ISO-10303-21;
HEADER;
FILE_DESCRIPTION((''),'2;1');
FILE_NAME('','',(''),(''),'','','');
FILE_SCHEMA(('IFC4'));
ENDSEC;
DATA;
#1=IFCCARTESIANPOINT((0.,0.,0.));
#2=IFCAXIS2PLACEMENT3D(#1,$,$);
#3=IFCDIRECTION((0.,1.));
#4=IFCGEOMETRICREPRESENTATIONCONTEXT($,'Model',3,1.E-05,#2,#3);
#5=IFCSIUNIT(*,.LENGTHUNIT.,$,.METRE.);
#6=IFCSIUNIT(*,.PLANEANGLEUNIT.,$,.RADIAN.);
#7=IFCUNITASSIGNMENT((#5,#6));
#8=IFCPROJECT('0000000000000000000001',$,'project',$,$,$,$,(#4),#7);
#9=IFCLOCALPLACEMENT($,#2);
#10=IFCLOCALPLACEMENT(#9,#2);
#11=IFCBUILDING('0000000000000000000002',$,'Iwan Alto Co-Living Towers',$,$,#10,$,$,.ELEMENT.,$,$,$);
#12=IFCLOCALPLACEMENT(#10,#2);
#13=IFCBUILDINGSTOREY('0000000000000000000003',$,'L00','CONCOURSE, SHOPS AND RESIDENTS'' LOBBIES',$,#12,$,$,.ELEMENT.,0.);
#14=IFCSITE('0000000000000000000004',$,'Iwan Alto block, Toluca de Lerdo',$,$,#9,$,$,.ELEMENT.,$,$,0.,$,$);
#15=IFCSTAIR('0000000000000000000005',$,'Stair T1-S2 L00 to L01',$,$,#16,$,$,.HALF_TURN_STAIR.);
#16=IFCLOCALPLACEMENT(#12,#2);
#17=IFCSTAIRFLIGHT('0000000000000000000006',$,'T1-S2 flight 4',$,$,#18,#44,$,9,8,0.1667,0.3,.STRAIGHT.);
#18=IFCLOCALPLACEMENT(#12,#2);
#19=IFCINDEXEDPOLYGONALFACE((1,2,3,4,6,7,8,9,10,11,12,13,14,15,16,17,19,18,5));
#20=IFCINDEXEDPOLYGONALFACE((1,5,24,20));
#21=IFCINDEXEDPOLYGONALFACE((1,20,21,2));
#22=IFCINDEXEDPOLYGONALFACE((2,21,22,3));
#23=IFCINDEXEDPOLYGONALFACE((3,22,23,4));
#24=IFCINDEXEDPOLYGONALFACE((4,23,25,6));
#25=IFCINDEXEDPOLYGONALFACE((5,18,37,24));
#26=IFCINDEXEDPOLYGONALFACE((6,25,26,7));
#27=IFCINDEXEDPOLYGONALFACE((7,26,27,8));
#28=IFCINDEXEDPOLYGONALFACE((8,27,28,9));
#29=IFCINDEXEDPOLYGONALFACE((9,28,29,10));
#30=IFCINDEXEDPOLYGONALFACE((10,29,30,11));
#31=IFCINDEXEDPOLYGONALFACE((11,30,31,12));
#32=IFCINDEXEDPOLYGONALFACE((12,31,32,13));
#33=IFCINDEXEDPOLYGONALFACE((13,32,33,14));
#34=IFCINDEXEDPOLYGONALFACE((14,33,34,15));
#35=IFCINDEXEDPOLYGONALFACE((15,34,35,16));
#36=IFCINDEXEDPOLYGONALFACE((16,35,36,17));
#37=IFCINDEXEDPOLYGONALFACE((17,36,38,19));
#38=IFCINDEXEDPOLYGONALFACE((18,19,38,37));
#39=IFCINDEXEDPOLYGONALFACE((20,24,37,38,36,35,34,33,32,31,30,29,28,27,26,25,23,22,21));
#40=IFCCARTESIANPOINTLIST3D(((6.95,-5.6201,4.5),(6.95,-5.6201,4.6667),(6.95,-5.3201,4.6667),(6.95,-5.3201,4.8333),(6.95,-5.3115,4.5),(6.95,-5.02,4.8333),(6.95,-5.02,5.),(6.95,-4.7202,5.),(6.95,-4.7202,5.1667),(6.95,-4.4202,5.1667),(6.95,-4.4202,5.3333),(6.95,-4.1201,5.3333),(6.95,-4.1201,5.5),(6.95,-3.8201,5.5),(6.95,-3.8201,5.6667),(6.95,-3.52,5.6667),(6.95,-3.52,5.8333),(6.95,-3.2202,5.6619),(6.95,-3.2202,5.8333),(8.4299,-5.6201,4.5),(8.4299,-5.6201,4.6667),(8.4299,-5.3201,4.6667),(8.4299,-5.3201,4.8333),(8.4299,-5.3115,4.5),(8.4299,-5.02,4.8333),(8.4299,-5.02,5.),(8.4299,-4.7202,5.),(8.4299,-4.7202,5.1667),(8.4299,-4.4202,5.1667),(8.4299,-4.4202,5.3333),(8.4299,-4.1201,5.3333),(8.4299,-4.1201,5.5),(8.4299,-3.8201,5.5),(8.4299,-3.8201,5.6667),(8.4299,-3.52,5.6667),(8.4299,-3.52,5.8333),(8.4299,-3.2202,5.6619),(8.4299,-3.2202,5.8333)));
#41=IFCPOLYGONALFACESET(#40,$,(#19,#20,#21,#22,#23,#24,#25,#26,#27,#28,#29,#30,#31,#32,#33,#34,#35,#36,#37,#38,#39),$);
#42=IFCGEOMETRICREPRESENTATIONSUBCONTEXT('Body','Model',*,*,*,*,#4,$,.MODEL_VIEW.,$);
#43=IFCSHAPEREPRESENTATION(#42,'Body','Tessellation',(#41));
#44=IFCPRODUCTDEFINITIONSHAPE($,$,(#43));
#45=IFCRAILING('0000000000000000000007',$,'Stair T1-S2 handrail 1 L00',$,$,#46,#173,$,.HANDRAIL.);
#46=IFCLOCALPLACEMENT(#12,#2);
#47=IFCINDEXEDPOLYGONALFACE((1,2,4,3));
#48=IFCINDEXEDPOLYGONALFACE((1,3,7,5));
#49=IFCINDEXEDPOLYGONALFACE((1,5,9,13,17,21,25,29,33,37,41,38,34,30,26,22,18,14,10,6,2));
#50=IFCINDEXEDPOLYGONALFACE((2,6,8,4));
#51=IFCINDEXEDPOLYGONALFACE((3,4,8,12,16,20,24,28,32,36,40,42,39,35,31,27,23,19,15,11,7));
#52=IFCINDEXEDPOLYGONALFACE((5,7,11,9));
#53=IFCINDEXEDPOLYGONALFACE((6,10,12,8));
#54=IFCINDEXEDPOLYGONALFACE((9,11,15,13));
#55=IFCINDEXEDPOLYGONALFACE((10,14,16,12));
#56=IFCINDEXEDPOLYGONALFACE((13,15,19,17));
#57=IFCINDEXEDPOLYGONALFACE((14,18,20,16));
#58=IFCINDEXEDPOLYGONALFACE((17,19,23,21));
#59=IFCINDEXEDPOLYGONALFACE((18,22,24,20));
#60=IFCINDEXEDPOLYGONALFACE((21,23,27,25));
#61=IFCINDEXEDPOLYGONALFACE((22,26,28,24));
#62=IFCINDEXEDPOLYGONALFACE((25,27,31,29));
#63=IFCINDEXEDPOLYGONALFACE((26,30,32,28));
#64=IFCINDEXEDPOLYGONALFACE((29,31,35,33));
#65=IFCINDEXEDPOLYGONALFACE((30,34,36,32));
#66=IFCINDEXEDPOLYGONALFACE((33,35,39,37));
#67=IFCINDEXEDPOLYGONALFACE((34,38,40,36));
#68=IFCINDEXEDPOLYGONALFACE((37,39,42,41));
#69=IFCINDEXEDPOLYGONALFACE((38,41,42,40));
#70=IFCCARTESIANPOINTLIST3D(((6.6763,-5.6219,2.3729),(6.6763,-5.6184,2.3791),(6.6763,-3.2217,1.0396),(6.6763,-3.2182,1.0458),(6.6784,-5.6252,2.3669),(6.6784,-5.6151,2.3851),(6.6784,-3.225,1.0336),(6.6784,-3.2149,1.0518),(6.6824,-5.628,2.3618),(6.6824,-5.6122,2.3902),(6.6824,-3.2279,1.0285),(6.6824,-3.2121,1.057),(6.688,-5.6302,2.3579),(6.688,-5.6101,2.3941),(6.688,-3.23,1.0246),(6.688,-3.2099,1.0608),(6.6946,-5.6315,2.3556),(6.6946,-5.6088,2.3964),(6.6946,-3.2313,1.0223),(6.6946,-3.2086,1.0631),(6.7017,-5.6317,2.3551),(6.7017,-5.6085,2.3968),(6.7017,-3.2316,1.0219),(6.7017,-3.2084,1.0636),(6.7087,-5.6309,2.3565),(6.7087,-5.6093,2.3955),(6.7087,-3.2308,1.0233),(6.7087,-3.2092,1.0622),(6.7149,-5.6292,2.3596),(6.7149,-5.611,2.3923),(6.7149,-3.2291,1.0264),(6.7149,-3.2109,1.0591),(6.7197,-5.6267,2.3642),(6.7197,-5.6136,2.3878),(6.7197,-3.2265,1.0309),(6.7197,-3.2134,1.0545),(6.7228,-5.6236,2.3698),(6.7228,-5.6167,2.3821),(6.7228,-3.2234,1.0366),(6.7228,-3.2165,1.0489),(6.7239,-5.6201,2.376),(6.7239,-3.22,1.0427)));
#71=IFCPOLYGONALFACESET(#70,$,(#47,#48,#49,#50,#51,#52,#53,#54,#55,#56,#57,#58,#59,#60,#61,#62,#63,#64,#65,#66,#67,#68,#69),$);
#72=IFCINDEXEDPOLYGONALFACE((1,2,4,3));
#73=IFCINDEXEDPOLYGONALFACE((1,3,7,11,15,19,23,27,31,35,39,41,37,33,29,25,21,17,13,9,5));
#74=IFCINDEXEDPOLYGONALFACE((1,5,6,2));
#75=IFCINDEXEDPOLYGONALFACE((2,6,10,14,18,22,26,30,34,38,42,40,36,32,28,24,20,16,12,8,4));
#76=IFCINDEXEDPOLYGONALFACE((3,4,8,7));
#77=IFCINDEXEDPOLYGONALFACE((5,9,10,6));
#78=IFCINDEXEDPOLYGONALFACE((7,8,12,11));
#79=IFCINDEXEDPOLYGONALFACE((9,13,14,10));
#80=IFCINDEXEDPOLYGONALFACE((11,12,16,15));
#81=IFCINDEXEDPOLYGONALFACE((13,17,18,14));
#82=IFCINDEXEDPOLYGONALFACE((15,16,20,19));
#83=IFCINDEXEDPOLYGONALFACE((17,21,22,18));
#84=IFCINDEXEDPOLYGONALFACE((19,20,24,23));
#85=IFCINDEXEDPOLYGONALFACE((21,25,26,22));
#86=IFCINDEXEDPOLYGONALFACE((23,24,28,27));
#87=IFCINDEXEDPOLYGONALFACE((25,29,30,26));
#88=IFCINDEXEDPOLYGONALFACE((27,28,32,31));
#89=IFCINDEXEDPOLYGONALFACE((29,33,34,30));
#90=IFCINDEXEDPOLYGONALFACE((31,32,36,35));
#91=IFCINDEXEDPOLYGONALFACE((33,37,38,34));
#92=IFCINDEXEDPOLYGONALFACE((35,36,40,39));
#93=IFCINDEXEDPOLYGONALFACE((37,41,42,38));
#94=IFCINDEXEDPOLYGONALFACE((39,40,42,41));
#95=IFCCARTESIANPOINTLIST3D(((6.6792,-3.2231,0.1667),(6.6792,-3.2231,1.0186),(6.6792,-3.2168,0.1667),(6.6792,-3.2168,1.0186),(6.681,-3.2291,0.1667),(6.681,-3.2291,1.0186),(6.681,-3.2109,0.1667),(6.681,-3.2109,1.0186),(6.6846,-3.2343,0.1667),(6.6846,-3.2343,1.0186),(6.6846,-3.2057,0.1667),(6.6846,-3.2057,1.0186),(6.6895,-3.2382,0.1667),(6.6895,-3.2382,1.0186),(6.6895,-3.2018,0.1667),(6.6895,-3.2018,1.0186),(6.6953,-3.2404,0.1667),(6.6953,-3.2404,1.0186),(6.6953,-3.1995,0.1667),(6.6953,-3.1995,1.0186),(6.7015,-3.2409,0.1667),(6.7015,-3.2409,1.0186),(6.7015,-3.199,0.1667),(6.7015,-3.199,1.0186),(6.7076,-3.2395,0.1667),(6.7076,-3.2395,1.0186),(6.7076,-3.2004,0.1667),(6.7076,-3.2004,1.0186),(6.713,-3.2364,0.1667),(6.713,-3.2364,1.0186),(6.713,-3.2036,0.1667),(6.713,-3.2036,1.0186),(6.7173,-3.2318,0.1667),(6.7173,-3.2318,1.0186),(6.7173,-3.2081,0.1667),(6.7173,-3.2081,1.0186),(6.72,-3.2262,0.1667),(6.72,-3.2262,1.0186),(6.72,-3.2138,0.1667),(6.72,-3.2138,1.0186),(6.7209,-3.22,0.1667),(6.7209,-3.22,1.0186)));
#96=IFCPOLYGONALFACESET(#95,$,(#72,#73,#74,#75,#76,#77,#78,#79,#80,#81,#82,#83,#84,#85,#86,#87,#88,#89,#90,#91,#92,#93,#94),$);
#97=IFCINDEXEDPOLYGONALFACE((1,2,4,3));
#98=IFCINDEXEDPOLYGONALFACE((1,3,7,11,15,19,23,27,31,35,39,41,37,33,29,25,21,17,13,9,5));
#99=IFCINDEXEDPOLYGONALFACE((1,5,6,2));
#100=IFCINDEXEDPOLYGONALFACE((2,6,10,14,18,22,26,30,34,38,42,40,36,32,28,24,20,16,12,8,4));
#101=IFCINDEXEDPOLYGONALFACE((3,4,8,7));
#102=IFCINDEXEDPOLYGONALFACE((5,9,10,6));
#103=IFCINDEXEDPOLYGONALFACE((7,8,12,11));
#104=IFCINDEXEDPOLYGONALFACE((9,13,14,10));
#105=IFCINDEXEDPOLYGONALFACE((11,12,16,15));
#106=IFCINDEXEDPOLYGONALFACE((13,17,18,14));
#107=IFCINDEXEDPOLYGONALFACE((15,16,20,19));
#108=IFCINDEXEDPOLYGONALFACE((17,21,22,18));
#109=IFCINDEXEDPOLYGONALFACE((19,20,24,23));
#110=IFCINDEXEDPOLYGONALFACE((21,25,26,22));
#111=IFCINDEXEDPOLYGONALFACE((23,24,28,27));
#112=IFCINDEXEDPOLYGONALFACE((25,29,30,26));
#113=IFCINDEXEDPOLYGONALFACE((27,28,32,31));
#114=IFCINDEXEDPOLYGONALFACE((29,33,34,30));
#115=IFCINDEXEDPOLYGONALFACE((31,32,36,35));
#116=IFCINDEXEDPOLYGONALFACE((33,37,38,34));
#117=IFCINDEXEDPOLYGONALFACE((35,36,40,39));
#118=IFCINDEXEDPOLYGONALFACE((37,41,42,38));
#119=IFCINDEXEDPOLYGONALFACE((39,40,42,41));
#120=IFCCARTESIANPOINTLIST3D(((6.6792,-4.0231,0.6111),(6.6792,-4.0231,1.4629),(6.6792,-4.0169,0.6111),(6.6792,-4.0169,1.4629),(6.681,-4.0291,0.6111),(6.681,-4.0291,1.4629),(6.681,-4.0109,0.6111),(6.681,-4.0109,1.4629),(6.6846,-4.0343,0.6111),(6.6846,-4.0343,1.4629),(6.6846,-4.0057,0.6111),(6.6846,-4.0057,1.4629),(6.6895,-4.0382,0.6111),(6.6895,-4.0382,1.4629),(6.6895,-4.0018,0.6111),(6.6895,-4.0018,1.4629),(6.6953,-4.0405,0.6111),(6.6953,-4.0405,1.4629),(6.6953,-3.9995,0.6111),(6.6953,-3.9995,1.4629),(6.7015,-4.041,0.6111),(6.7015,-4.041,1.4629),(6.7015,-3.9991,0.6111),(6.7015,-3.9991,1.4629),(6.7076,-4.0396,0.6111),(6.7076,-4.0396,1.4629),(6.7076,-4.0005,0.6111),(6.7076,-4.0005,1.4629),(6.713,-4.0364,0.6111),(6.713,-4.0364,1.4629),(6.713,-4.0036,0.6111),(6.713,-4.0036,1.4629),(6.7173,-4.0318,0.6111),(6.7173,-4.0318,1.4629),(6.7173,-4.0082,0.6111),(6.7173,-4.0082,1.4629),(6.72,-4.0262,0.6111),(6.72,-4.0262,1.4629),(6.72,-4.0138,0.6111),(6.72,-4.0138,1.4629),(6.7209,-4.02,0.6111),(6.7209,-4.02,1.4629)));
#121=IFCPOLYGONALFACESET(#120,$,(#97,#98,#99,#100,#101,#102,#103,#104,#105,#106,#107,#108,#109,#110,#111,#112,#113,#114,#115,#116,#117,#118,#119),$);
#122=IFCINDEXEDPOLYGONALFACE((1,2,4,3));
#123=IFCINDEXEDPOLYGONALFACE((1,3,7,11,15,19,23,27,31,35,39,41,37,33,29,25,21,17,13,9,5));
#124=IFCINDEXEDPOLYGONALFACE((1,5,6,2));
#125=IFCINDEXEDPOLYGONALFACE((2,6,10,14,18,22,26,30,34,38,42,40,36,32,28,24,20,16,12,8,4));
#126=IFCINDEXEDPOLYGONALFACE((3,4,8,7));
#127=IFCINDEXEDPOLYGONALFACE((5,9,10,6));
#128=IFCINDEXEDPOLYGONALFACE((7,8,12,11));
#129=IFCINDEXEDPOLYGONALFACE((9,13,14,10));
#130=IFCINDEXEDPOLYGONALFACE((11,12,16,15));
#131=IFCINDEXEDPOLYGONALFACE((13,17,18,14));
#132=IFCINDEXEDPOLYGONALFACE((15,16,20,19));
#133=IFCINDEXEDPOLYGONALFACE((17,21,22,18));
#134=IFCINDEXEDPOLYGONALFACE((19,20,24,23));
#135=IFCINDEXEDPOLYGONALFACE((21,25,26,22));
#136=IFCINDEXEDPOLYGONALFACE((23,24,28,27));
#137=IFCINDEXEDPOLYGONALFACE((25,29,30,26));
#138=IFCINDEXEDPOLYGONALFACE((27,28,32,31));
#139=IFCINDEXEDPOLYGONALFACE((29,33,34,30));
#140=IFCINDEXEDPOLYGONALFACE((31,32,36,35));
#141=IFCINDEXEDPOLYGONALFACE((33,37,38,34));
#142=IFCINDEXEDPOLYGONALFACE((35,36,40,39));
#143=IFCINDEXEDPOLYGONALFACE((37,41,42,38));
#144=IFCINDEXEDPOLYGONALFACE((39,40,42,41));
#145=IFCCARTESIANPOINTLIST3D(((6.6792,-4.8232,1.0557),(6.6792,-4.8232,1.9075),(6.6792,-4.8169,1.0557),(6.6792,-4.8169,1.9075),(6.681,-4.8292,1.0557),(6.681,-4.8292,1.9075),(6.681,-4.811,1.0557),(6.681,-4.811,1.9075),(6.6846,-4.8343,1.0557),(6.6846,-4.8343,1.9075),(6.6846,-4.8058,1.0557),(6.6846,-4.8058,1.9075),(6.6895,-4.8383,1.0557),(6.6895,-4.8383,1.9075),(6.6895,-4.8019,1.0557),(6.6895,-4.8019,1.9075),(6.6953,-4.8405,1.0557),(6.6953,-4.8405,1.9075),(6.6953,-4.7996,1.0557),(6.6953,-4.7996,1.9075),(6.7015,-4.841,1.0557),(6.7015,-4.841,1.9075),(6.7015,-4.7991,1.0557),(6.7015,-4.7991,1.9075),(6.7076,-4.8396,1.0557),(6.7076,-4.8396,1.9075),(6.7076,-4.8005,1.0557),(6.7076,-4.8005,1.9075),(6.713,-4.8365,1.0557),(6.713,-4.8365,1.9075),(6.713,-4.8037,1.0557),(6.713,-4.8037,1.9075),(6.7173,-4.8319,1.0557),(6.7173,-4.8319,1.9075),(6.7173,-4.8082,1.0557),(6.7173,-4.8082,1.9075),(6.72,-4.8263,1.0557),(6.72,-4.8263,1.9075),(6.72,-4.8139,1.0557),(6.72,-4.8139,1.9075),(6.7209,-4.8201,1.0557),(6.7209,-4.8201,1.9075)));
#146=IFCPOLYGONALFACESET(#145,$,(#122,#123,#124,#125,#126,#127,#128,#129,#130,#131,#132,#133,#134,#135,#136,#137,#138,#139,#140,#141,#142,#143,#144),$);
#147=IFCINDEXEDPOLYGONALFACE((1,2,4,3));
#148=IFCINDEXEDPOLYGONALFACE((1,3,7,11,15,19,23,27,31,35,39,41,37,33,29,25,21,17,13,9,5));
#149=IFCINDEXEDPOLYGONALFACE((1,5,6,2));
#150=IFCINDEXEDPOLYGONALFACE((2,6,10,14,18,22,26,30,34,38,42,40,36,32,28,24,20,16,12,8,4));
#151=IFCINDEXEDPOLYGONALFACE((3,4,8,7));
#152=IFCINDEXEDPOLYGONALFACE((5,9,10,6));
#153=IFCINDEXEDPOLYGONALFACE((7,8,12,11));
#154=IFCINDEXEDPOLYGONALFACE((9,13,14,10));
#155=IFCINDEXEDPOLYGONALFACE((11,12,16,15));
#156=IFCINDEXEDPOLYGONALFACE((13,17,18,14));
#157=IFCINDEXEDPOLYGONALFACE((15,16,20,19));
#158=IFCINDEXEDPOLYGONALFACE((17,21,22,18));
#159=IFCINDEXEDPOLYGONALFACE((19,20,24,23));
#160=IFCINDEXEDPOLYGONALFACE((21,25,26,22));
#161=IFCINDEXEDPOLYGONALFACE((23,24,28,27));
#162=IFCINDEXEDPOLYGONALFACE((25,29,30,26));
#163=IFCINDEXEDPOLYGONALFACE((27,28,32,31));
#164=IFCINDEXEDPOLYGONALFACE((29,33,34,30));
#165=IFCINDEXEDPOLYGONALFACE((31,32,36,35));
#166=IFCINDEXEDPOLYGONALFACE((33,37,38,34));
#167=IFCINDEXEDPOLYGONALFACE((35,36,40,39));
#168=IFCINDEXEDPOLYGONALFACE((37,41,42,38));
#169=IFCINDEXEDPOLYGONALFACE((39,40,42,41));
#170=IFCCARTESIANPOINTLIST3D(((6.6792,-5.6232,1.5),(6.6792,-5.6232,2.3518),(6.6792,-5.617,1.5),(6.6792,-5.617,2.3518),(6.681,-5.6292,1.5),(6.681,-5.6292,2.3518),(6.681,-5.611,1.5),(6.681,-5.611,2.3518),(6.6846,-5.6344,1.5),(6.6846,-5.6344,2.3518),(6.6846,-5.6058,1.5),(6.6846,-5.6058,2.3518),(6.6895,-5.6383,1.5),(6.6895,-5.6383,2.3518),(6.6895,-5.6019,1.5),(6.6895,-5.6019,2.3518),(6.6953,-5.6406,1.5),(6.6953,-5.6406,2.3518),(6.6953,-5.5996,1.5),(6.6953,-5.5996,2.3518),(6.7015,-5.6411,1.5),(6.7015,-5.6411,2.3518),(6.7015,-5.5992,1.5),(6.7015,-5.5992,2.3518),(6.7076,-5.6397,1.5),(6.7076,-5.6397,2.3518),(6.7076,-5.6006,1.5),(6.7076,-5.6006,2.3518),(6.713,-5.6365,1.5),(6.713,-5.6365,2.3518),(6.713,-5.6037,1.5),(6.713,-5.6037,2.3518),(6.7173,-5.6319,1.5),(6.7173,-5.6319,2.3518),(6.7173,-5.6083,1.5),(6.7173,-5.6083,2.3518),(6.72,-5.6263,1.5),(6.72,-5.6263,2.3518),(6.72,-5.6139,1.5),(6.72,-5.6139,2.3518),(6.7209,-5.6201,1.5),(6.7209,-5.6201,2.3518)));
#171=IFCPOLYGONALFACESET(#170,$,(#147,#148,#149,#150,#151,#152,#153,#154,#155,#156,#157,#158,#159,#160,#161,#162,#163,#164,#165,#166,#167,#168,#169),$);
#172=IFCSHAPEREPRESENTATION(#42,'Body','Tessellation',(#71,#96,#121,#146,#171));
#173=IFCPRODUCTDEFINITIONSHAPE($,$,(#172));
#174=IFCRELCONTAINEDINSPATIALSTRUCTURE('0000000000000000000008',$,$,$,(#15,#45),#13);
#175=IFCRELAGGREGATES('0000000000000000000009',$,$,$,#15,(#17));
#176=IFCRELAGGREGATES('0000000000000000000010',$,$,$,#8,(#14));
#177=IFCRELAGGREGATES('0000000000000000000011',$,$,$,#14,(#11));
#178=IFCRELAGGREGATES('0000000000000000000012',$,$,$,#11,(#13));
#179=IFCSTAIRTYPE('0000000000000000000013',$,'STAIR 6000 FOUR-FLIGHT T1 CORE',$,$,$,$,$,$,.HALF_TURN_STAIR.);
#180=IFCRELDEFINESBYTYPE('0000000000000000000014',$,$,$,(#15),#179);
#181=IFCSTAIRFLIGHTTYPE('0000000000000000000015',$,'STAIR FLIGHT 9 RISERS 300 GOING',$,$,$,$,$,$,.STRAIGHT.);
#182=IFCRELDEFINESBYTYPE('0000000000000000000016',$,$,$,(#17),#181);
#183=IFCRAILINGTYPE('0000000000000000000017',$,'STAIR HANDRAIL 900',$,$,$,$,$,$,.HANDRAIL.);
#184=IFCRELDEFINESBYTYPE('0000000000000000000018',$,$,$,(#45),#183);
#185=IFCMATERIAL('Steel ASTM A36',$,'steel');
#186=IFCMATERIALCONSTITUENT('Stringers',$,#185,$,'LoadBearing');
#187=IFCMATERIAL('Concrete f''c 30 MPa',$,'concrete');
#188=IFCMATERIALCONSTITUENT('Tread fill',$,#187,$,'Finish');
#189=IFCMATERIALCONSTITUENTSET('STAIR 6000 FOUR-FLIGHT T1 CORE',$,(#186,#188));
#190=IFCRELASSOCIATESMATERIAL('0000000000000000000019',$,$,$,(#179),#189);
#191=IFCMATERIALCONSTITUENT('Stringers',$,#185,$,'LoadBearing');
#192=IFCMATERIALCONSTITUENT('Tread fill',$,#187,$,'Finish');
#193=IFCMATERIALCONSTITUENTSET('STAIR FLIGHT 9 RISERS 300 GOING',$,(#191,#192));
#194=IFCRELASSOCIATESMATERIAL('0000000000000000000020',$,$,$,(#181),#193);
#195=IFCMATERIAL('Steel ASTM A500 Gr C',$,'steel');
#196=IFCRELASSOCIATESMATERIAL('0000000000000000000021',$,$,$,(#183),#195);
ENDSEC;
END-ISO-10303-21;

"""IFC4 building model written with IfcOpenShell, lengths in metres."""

from ifc_helpers import new_model, si_unit, direction, frame, origin, origin_2d, place, context, subcontext, project, spatial, polyline, circle, outline, extrude, material, constituent, constituent_set, type_object, element, aggregate, save


model = new_model("IFC4")

# Units and contexts
model_context = context("Model", 3, precision=1e-05, world=origin(), true_north=direction((0.0, 1.0)))
body_context = subcontext(model_context, "Body", "Model", "MODEL_VIEW")
ifc_project = project(units=[si_unit("LENGTHUNIT", "METRE"), si_unit("PLANEANGLEUNIT", "RADIAN")], contexts=[model_context])

# Site, building, storey
site_placement = place(None, origin())
site = spatial("IfcSite", under=ifc_project, at=site_placement, Name="Iwan Alto block, Toluca de Lerdo", CompositionType="ELEMENT", RefElevation=0.0)
building_placement = place(site_placement, origin())
building = spatial("IfcBuilding", under=site, at=building_placement, Name="Iwan Alto Co-Living Towers", CompositionType="ELEMENT")
storey_placement = place(building_placement, origin())
storey = spatial("IfcBuildingStorey", under=building, at=storey_placement, Name="L00", Description="CONCOURSE, SHOPS AND RESIDENTS' LOBBIES", CompositionType="ELEMENT", Elevation=0.0)

# Stair, stair flight
ifc_material_1 = material(Name="Steel ASTM A36", Category="steel")
ifc_constituent_1 = constituent(ifc_material_1, Name="Stringers", Category="LoadBearing")
ifc_material_2 = material(Name="Concrete f'c 30 MPa", Category="concrete")
ifc_constituent_2 = constituent(ifc_material_2, Name="Tread fill", Category="Finish")
ifc_constituent_set_1 = constituent_set(constituents=[ifc_constituent_1, ifc_constituent_2], Name="STAIR 6000 FOUR-FLIGHT T1 CORE")
stair_type = type_object("IfcStairType", Name="STAIR 6000 FOUR-FLIGHT T1 CORE", PredefinedType="HALF_TURN_STAIR", material=ifc_constituent_set_1)
stair_placement = place(storey_placement, origin())
stair = element("IfcStair", 1, at=stair_placement, inside=storey, type_object=stair_type, Name="Stair T1-S2 L00 to L01", PredefinedType="HALF_TURN_STAIR")
ifc_constituent_3 = constituent(ifc_material_1, Name="Stringers", Category="LoadBearing")
ifc_constituent_4 = constituent(ifc_material_2, Name="Tread fill", Category="Finish")
ifc_constituent_set_2 = constituent_set(constituents=[ifc_constituent_3, ifc_constituent_4], Name="STAIR FLIGHT 9 RISERS 300 GOING")
stair_flight_type = type_object("IfcStairFlightType", Name="STAIR FLIGHT 9 RISERS 300 GOING", PredefinedType="STRAIGHT", material=ifc_constituent_set_2)
stair_flight_1_placement = place(storey_placement, frame((7.6899, -5.6201, 4.5), z_axis=(0.0, 0.0, 1.0), x_axis=(0.0, 1.0, 0.0)))
stair_flight_1 = element("IfcStairFlight", 2, at=stair_flight_1_placement, type_object=stair_flight_type, Name="T1-S2 flight 4", NumberOfRisers=9, NumberOfTreads=8, PredefinedType="STRAIGHT", RiserHeight=0.1667, TreadLength=0.3, context=body_context, shape_type="SweptSolid", body=[
    extrude(outline(polyline([(0.0, 0.0), (0.0, 0.1667), (0.3, 0.1667), (0.3, 0.3333), (0.6001, 0.3333), (0.6001, 0.5), (0.8999, 0.5), (0.8999, 0.6667), (1.2, 0.6667), (1.2, 0.8333), (1.5, 0.8333), (1.5, 1.0), (1.8, 1.0), (1.8, 1.1667), (2.1001, 1.1667), (2.1001, 1.3333), (2.3999, 1.3333), (2.3999, 1.5), (2.3999, 1.1619), (0.3086, 0.0), (0.0, 0.0)])), frame((0.0, 0.74, 0.0), z_axis=(0.0, -1.0, 0.0), x_axis=(1.0, 0.0, 0.0)), (0.0, 0.0, 1.0), 1.48),
])
aggregate(stair, [stair_flight_1])

# Railing
ifc_material_3 = material(Name="Steel ASTM A500 Gr C", Category="steel")
railing_type_1 = type_object("IfcRailingType", Name="STAIR HANDRAIL 900", PredefinedType="HANDRAIL", material=ifc_material_3)
railing_1_placement = place(storey_placement, frame((6.7, -3.22, 0.1667)))
element("IfcRailing", 3, at=railing_1_placement, inside=storey, type_object=railing_type_1, Name="Stair T1-S2 handrail 1 L00", PredefinedType="HANDRAIL", context=body_context, shape_type="SweptSolid", body=[
    extrude(circle(Radius=0.0239, at=origin_2d()), frame((0.0, 0.0, 0.876), z_axis=(0.0, -0.874182, 0.485598), x_axis=(1.0, 0.0, 0.0)), (0.0, 0.0, 1.0), 2.7456),
    extrude(circle(Radius=0.021, at=origin_2d()), origin(), (0.0, 0.0, 1.0), 0.8518),
    extrude(circle(Radius=0.021, at=origin_2d()), frame((0.0, -0.8, 0.4443)), (0.0, 0.0, 1.0), 0.8518),
    extrude(circle(Radius=0.021, at=origin_2d()), frame((0.0, -1.6001, 0.8889)), (0.0, 0.0, 1.0), 0.8518),
    extrude(circle(Radius=0.021, at=origin_2d()), frame((0.0, -2.4001, 1.3333)), (0.0, 0.0, 1.0), 0.8518),
])

save(model, "model.ifc")
